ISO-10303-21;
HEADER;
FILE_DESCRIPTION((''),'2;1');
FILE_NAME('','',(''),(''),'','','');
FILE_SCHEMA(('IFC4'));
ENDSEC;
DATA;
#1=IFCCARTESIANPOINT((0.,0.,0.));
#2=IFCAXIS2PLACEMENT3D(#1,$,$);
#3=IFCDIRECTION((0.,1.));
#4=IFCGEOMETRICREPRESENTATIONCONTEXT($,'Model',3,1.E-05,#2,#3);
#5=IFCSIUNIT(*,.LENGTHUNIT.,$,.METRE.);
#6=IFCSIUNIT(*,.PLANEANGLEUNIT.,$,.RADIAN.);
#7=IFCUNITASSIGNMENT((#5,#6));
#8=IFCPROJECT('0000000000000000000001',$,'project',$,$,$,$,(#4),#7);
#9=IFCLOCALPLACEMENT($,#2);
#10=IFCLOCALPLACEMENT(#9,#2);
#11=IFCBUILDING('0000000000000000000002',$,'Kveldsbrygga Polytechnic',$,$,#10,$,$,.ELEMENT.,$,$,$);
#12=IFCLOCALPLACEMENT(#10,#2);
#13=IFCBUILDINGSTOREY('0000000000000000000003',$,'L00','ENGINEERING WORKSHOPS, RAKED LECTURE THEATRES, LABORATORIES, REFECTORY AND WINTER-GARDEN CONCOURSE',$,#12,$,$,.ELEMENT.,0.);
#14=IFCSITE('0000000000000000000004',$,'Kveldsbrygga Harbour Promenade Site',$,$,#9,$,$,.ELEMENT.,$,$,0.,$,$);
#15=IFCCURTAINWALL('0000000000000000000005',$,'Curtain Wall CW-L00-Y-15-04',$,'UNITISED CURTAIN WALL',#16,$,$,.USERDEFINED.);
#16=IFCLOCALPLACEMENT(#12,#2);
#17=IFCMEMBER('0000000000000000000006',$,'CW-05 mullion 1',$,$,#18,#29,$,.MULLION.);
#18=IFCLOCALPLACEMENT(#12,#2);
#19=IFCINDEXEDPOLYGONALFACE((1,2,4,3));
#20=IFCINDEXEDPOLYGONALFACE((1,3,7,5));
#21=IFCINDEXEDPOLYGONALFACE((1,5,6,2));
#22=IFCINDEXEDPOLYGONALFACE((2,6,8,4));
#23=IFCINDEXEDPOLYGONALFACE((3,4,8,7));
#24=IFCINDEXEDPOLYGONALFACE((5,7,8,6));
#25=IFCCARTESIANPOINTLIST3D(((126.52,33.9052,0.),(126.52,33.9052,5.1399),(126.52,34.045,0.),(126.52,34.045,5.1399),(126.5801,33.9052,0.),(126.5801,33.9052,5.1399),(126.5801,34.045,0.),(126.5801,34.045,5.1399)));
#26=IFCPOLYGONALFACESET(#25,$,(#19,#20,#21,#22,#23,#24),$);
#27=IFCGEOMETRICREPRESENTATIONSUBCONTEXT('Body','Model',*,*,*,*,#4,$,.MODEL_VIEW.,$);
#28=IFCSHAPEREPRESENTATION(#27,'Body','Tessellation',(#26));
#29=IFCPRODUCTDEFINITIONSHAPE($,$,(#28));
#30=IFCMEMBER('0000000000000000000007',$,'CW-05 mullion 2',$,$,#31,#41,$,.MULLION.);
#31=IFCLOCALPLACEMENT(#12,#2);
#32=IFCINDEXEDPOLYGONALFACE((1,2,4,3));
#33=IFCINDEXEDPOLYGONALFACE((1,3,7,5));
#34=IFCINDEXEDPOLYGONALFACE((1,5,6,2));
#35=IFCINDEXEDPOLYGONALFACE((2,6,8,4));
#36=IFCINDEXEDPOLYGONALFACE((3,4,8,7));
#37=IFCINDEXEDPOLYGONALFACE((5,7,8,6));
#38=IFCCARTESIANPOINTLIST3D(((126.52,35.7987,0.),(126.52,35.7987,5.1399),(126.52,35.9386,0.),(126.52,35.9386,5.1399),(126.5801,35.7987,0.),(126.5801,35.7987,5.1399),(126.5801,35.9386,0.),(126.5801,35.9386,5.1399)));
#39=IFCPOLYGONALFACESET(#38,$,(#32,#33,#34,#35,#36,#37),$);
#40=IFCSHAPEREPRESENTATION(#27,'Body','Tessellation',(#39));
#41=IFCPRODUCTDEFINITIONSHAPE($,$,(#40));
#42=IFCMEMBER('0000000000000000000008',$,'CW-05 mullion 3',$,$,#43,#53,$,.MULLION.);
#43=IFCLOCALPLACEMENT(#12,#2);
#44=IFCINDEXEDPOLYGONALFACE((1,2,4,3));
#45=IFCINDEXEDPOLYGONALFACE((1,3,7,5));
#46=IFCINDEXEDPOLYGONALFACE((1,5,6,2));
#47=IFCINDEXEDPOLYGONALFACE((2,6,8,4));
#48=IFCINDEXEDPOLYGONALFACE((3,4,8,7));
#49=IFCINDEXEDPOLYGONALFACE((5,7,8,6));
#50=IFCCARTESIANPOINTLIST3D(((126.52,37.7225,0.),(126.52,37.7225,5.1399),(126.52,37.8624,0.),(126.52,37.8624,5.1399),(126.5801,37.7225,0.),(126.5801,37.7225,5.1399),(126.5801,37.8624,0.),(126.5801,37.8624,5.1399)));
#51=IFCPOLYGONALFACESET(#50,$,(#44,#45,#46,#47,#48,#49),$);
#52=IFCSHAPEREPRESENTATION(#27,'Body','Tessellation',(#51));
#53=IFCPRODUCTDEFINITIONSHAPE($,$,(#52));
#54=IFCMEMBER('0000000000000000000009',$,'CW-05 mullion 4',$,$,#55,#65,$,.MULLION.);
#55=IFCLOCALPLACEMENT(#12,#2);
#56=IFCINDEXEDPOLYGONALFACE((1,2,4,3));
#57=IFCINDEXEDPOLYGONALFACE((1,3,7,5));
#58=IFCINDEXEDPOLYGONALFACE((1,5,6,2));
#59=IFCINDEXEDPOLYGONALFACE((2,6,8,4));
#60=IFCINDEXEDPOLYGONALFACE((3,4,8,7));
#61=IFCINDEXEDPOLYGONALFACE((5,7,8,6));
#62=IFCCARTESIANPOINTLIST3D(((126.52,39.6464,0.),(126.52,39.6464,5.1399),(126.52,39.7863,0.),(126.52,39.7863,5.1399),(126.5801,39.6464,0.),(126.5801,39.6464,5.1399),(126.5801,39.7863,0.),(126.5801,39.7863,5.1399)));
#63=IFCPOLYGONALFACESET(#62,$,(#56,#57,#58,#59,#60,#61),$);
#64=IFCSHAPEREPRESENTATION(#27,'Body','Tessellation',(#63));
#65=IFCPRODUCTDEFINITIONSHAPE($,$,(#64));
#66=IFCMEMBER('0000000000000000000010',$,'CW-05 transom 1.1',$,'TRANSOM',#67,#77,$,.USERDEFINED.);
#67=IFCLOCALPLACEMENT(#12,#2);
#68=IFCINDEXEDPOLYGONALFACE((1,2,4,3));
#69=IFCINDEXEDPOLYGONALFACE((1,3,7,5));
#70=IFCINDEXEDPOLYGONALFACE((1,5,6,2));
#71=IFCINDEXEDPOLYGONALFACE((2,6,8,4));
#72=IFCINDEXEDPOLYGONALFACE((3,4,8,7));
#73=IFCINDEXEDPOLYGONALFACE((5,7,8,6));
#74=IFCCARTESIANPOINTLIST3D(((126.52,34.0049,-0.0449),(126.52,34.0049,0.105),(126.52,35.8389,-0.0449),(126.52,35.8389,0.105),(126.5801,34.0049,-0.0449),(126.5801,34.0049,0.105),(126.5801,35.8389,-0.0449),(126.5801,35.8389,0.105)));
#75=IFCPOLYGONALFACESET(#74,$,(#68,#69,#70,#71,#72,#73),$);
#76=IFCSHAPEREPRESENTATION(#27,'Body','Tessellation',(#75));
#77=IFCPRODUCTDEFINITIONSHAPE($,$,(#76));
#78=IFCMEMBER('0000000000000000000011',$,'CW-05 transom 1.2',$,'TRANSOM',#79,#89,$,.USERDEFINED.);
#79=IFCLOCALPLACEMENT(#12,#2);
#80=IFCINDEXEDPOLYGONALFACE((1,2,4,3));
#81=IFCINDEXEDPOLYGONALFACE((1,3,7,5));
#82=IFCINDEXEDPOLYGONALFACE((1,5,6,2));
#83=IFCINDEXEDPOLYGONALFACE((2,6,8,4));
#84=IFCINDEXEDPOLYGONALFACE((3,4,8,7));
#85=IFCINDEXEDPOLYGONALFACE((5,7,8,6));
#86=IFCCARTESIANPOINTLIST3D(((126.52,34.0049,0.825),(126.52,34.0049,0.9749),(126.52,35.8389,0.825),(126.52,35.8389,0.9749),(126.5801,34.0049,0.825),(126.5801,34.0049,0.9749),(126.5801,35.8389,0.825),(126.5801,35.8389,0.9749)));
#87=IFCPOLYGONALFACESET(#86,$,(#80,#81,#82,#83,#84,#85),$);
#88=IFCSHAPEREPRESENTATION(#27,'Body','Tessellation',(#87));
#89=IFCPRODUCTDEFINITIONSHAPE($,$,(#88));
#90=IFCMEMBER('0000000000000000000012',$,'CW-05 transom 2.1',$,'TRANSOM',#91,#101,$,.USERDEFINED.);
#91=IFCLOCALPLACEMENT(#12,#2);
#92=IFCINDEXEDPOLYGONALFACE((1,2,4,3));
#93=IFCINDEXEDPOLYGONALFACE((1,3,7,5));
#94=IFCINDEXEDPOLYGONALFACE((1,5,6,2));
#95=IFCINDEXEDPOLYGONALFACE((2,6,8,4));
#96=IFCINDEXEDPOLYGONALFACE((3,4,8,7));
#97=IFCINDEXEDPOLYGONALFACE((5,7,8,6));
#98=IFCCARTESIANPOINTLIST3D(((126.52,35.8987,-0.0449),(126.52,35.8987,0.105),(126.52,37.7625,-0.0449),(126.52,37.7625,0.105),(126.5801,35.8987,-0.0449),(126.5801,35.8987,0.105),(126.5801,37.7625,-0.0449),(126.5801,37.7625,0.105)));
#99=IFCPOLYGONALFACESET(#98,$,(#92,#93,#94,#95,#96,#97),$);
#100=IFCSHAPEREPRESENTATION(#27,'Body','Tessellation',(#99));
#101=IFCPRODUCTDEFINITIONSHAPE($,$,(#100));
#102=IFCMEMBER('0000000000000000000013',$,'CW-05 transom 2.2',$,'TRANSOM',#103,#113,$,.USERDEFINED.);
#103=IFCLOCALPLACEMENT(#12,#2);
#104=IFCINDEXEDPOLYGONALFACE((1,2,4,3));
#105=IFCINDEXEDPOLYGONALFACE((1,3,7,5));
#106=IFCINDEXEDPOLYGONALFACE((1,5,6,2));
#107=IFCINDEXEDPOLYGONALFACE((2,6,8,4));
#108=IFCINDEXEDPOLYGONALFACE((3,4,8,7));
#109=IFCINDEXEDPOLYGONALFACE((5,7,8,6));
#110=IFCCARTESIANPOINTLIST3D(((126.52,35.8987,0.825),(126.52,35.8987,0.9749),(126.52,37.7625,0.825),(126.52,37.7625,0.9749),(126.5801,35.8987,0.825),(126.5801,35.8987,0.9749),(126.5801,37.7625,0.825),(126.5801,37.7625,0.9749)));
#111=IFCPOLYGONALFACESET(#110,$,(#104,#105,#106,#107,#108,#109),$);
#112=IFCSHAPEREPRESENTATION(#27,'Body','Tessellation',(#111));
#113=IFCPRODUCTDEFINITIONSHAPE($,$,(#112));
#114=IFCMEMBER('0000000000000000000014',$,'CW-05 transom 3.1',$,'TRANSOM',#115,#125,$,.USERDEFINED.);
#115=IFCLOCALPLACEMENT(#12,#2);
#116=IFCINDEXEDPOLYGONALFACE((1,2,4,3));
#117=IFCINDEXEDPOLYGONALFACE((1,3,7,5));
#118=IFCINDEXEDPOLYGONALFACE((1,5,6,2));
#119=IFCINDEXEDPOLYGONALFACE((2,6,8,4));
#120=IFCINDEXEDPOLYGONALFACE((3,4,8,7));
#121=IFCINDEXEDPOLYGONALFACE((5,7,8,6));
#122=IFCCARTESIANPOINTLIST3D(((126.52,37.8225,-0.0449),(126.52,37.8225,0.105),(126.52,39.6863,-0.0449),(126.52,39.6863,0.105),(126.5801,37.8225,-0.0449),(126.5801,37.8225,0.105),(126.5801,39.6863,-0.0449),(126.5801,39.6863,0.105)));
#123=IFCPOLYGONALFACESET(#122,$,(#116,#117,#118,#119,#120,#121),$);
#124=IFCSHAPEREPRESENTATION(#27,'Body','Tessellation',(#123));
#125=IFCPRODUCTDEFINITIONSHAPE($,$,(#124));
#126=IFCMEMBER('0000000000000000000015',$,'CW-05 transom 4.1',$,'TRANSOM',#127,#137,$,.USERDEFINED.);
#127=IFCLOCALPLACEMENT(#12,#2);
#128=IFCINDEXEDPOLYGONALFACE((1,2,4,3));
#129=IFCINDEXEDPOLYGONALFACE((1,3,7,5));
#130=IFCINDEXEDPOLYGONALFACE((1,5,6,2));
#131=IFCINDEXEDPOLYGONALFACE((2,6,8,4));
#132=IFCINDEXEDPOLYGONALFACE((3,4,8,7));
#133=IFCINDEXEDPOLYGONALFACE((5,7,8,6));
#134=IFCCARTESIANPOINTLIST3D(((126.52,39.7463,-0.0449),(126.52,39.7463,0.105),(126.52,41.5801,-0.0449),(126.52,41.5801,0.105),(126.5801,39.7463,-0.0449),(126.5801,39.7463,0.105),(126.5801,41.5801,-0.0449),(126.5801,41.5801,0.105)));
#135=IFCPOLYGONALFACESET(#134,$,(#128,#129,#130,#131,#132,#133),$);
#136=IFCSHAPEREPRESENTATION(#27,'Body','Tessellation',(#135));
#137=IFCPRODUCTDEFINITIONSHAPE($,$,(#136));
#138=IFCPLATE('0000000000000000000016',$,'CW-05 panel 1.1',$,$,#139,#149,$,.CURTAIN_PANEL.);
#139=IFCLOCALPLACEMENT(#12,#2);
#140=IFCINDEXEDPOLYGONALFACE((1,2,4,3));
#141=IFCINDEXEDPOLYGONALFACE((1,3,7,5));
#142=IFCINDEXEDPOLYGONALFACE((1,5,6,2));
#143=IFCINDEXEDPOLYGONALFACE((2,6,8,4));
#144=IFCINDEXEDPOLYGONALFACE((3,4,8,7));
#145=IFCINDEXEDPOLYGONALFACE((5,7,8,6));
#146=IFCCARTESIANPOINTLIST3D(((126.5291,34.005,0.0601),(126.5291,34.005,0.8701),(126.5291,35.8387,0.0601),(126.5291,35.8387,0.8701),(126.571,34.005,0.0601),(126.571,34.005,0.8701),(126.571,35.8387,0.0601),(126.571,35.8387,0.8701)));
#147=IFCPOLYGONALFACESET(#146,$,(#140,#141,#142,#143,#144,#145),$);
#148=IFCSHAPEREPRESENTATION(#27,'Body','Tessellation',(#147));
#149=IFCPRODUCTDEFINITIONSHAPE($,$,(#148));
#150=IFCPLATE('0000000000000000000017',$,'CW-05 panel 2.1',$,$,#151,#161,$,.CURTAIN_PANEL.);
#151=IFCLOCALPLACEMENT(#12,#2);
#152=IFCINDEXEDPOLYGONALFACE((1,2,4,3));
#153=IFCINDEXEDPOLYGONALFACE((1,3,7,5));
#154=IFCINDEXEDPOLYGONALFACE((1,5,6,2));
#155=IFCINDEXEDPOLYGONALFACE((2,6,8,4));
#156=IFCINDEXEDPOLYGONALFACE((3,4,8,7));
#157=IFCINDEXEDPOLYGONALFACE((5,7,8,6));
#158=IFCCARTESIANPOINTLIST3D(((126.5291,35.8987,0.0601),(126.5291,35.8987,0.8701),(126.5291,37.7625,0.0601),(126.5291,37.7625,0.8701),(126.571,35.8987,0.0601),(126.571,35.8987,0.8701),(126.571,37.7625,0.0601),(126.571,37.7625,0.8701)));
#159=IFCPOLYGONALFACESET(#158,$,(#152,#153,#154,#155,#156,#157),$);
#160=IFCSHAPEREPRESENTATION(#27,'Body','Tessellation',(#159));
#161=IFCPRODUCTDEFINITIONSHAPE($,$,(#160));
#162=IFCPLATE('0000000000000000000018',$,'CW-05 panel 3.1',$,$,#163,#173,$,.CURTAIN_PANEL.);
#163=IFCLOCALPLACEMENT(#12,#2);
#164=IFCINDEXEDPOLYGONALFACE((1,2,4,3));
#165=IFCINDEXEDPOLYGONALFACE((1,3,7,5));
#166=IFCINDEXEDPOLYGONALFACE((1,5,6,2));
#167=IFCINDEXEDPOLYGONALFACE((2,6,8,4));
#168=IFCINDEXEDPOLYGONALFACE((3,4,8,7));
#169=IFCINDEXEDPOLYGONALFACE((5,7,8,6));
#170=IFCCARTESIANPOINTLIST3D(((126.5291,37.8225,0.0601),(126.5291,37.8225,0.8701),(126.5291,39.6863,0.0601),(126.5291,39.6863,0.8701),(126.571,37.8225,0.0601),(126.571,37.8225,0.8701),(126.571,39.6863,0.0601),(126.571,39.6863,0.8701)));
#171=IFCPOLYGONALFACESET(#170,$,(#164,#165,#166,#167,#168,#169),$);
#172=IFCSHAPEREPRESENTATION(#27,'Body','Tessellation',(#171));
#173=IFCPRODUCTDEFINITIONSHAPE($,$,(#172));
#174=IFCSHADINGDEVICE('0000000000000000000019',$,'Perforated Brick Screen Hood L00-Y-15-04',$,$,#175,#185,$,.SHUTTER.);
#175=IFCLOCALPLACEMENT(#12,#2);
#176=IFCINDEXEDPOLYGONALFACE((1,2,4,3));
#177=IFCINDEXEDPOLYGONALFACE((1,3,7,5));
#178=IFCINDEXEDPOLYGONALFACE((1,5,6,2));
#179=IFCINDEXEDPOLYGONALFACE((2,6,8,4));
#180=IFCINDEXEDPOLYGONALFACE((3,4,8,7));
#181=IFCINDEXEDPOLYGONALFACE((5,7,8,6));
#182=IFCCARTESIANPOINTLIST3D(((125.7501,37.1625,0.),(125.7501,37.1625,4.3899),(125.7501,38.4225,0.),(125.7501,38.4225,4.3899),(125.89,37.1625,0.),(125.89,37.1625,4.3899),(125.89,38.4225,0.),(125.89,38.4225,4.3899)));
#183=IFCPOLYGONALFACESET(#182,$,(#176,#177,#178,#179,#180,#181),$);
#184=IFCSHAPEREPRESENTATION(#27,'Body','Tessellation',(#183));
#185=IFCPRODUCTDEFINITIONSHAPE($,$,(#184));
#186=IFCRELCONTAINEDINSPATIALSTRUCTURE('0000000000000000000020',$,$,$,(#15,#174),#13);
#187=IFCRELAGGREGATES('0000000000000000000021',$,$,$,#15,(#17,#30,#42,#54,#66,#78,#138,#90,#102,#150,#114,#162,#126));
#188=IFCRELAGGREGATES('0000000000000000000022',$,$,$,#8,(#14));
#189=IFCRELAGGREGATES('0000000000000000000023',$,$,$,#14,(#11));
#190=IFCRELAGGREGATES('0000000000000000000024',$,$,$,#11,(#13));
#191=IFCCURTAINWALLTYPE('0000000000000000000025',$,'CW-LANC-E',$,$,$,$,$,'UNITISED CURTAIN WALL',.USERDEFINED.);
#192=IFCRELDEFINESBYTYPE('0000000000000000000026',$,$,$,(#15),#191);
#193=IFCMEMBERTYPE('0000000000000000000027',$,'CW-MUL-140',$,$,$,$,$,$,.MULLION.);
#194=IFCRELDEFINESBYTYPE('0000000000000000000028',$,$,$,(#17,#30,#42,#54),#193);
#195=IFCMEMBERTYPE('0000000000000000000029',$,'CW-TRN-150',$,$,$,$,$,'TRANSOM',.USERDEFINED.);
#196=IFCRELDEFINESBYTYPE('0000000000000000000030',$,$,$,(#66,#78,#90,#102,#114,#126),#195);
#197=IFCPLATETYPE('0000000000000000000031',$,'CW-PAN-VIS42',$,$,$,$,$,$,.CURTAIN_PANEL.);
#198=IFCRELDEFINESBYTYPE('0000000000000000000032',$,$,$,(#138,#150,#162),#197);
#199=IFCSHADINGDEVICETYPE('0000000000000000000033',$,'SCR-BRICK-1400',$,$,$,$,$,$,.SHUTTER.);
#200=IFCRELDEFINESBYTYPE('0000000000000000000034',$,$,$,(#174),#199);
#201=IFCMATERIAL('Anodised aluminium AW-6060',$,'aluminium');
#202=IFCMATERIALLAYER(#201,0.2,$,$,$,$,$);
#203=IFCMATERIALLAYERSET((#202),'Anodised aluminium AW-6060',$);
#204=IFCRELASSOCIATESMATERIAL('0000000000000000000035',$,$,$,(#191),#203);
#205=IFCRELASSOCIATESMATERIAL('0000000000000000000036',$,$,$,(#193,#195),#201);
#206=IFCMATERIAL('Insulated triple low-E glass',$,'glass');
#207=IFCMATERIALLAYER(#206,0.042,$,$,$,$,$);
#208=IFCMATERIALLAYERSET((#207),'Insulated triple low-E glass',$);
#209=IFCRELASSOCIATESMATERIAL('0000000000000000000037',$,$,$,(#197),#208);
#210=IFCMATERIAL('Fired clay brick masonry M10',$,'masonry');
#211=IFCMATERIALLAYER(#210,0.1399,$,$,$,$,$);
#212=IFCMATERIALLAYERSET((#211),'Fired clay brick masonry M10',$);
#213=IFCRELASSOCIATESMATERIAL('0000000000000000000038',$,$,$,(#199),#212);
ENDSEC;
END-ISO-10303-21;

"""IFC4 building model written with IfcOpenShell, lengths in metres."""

from ifc_helpers import new_model, si_unit, direction, frame, origin, origin_2d, place, context, subcontext, project, spatial, rectangle, extrude, material, layer, layer_set, material_profile, profile_set, type_object, element, aggregate, save


model = new_model("IFC4")

# Units and contexts
model_context = context("Model", 3, precision=1e-05, world=origin(), true_north=direction((0.0, 1.0)))
body_context = subcontext(model_context, "Body", "Model", "MODEL_VIEW")
ifc_project = project(units=[si_unit("LENGTHUNIT", "METRE"), si_unit("PLANEANGLEUNIT", "RADIAN")], contexts=[model_context])

# Site, building, storey
site_placement = place(None, origin())
site = spatial("IfcSite", under=ifc_project, at=site_placement, Name="Kveldsbrygga Harbour Promenade Site", CompositionType="ELEMENT", RefElevation=0.0)
building_placement = place(site_placement, origin())
building = spatial("IfcBuilding", under=site, at=building_placement, Name="Kveldsbrygga Polytechnic", CompositionType="ELEMENT")
storey_placement = place(building_placement, origin())
storey = spatial("IfcBuildingStorey", under=building, at=storey_placement, Name="L00", Description="ENGINEERING WORKSHOPS, RAKED LECTURE THEATRES, LABORATORIES, REFECTORY AND WINTER-GARDEN CONCOURSE", CompositionType="ELEMENT", Elevation=0.0)

# Curtain wall, members, plates
ifc_material_1 = material(Name="Anodised aluminium AW-6060", Category="aluminium")
ifc_layer_1 = layer(ifc_material_1, 0.2)
ifc_layer_set_1 = layer_set([ifc_layer_1], Name="Anodised aluminium AW-6060")
curtain_wall_type = type_object("IfcCurtainWallType", Name="CW-LANC-E", ElementType="UNITISED CURTAIN WALL", PredefinedType="USERDEFINED", material=ifc_layer_set_1)
curtain_wall_placement = place(storey_placement, origin())
curtain_wall = element("IfcCurtainWall", 1, at=curtain_wall_placement, inside=storey, type_object=curtain_wall_type, Name="Curtain Wall CW-L00-Y-15-04", ObjectType="UNITISED CURTAIN WALL", PredefinedType="USERDEFINED")
ifc_material_profile_1 = material_profile(ifc_material_1, rectangle(XDim=0.0601, YDim=0.1399, at=origin_2d()), Name="ALU 60x140")
ifc_profile_set_1 = profile_set([ifc_material_profile_1], Name="Anodised aluminium AW-6060")
member_type_1 = type_object("IfcMemberType", Name="CW-MUL-140", PredefinedType="MULLION", material=ifc_profile_set_1)
member_1_placement = place(storey_placement, frame((126.55, 33.9751, 0.0), z_axis=(0.0, 0.0, 1.0), x_axis=(-1.0, 0.0, 0.0)))
member_1 = element("IfcMember", 2, at=member_1_placement, type_object=member_type_1, Name="CW-05 mullion 1", PredefinedType="MULLION", context=body_context, shape_type="SweptSolid", body=[
    extrude(rectangle(XDim=0.0601, YDim=0.1399, at=origin_2d()), origin(), (0.0, 0.0, 1.0), 5.1399),
])
member_2_placement = place(storey_placement, frame((126.55, 35.8687, 0.0), z_axis=(0.0, 0.0, 1.0), x_axis=(-1.0, 0.0, 0.0)))
member_2 = element("IfcMember", 3, at=member_2_placement, type_object=member_type_1, Name="CW-05 mullion 2", PredefinedType="MULLION", context=body_context, shape_type="SweptSolid", body=[
    extrude(rectangle(XDim=0.0601, YDim=0.1399, at=origin_2d()), origin(), (0.0, 0.0, 1.0), 5.1399),
])
member_3_placement = place(storey_placement, frame((126.55, 37.7925, 0.0), z_axis=(0.0, 0.0, 1.0), x_axis=(-1.0, 0.0, 0.0)))
member_3 = element("IfcMember", 4, at=member_3_placement, type_object=member_type_1, Name="CW-05 mullion 3", PredefinedType="MULLION", context=body_context, shape_type="SweptSolid", body=[
    extrude(rectangle(XDim=0.0601, YDim=0.1399, at=origin_2d()), origin(), (0.0, 0.0, 1.0), 5.1399),
])
member_4_placement = place(storey_placement, frame((126.55, 39.7163, 0.0), z_axis=(0.0, 0.0, 1.0), x_axis=(-1.0, 0.0, 0.0)))
member_4 = element("IfcMember", 5, at=member_4_placement, type_object=member_type_1, Name="CW-05 mullion 4", PredefinedType="MULLION", context=body_context, shape_type="SweptSolid", body=[
    extrude(rectangle(XDim=0.0601, YDim=0.1399, at=origin_2d()), origin(), (0.0, 0.0, 1.0), 5.1399),
])
ifc_material_profile_2 = material_profile(ifc_material_1, rectangle(XDim=0.0601, YDim=0.1499, at=origin_2d()), Name="ALU 60x150")
ifc_profile_set_2 = profile_set([ifc_material_profile_2], Name="Anodised aluminium AW-6060")
member_type_2 = type_object("IfcMemberType", Name="CW-TRN-150", ElementType="TRANSOM", PredefinedType="USERDEFINED", material=ifc_profile_set_2)
member_5_placement = place(storey_placement, frame((126.55, 34.0049, 0.03), z_axis=(0.0, 1.0, 0.0), x_axis=(-1.0, 0.0, 0.0)))
member_5 = element("IfcMember", 6, at=member_5_placement, type_object=member_type_2, Name="CW-05 transom 1.1", ObjectType="TRANSOM", PredefinedType="USERDEFINED", context=body_context, shape_type="SweptSolid", body=[
    extrude(rectangle(XDim=0.0601, YDim=0.1499, at=origin_2d()), origin(), (0.0, 0.0, 1.0), 1.834),
])
member_6_placement = place(storey_placement, frame((126.55, 34.0049, 0.8999), z_axis=(0.0, 1.0, 0.0), x_axis=(-1.0, 0.0, 0.0)))
member_6 = element("IfcMember", 7, at=member_6_placement, type_object=member_type_2, Name="CW-05 transom 1.2", ObjectType="TRANSOM", PredefinedType="USERDEFINED", context=body_context, shape_type="SweptSolid", body=[
    extrude(rectangle(XDim=0.0601, YDim=0.1499, at=origin_2d()), origin(), (0.0, 0.0, 1.0), 1.834),
])
member_7_placement = place(storey_placement, frame((126.55, 35.8987, 0.03), z_axis=(0.0, 1.0, 0.0), x_axis=(-1.0, 0.0, 0.0)))
member_7 = element("IfcMember", 8, at=member_7_placement, type_object=member_type_2, Name="CW-05 transom 2.1", ObjectType="TRANSOM", PredefinedType="USERDEFINED", context=body_context, shape_type="SweptSolid", body=[
    extrude(rectangle(XDim=0.0601, YDim=0.1499, at=origin_2d()), origin(), (0.0, 0.0, 1.0), 1.8638),
])
member_8_placement = place(storey_placement, frame((126.55, 35.8987, 0.8999), z_axis=(0.0, 1.0, 0.0), x_axis=(-1.0, 0.0, 0.0)))
member_8 = element("IfcMember", 9, at=member_8_placement, type_object=member_type_2, Name="CW-05 transom 2.2", ObjectType="TRANSOM", PredefinedType="USERDEFINED", context=body_context, shape_type="SweptSolid", body=[
    extrude(rectangle(XDim=0.0601, YDim=0.1499, at=origin_2d()), origin(), (0.0, 0.0, 1.0), 1.8638),
])
member_9_placement = place(storey_placement, frame((126.55, 37.8225, 0.03), z_axis=(0.0, 1.0, 0.0), x_axis=(-1.0, 0.0, 0.0)))
member_9 = element("IfcMember", 10, at=member_9_placement, type_object=member_type_2, Name="CW-05 transom 3.1", ObjectType="TRANSOM", PredefinedType="USERDEFINED", context=body_context, shape_type="SweptSolid", body=[
    extrude(rectangle(XDim=0.0601, YDim=0.1499, at=origin_2d()), origin(), (0.0, 0.0, 1.0), 1.8638),
])
member_10_placement = place(storey_placement, frame((126.55, 39.7463, 0.03), z_axis=(0.0, 1.0, 0.0), x_axis=(-1.0, 0.0, 0.0)))
member_10 = element("IfcMember", 11, at=member_10_placement, type_object=member_type_2, Name="CW-05 transom 4.1", ObjectType="TRANSOM", PredefinedType="USERDEFINED", context=body_context, shape_type="SweptSolid", body=[
    extrude(rectangle(XDim=0.0601, YDim=0.1499, at=origin_2d()), origin(), (0.0, 0.0, 1.0), 1.8337),
])
ifc_material_2 = material(Name="Insulated triple low-E glass", Category="glass")
ifc_layer_2 = layer(ifc_material_2, 0.042)
ifc_layer_set_2 = layer_set([ifc_layer_2], Name="Insulated triple low-E glass")
plate_type = type_object("IfcPlateType", Name="CW-PAN-VIS42", PredefinedType="CURTAIN_PANEL", material=ifc_layer_set_2)
plate_1_placement = place(storey_placement, frame((126.55, 34.9219, 0.0601), z_axis=(0.0, 0.0, 1.0), x_axis=(0.0, 1.0, 0.0)))
plate_1 = element("IfcPlate", 12, at=plate_1_placement, type_object=plate_type, Name="CW-05 panel 1.1", PredefinedType="CURTAIN_PANEL", context=body_context, shape_type="SweptSolid", body=[
    extrude(rectangle(XDim=1.8337, YDim=0.042, at=origin_2d()), origin(), (0.0, 0.0, 1.0), 0.8101),
])
plate_2_placement = place(storey_placement, frame((126.55, 36.8306, 0.0601), z_axis=(0.0, 0.0, 1.0), x_axis=(0.0, 1.0, 0.0)))
plate_2 = element("IfcPlate", 13, at=plate_2_placement, type_object=plate_type, Name="CW-05 panel 2.1", PredefinedType="CURTAIN_PANEL", context=body_context, shape_type="SweptSolid", body=[
    extrude(rectangle(XDim=1.8638, YDim=0.042, at=origin_2d()), origin(), (0.0, 0.0, 1.0), 0.8101),
])
plate_3_placement = place(storey_placement, frame((126.55, 38.7544, 0.0601), z_axis=(0.0, 0.0, 1.0), x_axis=(0.0, 1.0, 0.0)))
plate_3 = element("IfcPlate", 14, at=plate_3_placement, type_object=plate_type, Name="CW-05 panel 3.1", PredefinedType="CURTAIN_PANEL", context=body_context, shape_type="SweptSolid", body=[
    extrude(rectangle(XDim=1.8638, YDim=0.042, at=origin_2d()), origin(), (0.0, 0.0, 1.0), 0.8101),
])
aggregate(curtain_wall, [member_1, member_2, member_3, member_4, member_5, member_6, plate_1, member_7, member_8, plate_2, member_9, plate_3, member_10])

# Shared definitions
ifc_material_3 = material(Name="Fired clay brick masonry M10", Category="masonry")

# Shading device
ifc_layer_3 = layer(ifc_material_3, 0.1399)
ifc_layer_set_3 = layer_set([ifc_layer_3], Name="Fired clay brick masonry M10")
shading_device_type = type_object("IfcShadingDeviceType", Name="SCR-BRICK-1400", PredefinedType="SHUTTER", material=ifc_layer_set_3)
shading_device_placement = place(storey_placement, frame((125.8201, 37.7925, 0.0), z_axis=(0.0, 0.0, 1.0), x_axis=(0.0, 1.0, 0.0)))
element("IfcShadingDevice", 15, at=shading_device_placement, inside=storey, type_object=shading_device_type, Name="Perforated Brick Screen Hood L00-Y-15-04", PredefinedType="SHUTTER", context=body_context, shape_type="SweptSolid", body=[
    extrude(rectangle(XDim=1.26, YDim=0.1399, at=origin_2d()), origin(), (0.0, 0.0, 1.0), 4.3899),
])

save(model, "model.ifc")
